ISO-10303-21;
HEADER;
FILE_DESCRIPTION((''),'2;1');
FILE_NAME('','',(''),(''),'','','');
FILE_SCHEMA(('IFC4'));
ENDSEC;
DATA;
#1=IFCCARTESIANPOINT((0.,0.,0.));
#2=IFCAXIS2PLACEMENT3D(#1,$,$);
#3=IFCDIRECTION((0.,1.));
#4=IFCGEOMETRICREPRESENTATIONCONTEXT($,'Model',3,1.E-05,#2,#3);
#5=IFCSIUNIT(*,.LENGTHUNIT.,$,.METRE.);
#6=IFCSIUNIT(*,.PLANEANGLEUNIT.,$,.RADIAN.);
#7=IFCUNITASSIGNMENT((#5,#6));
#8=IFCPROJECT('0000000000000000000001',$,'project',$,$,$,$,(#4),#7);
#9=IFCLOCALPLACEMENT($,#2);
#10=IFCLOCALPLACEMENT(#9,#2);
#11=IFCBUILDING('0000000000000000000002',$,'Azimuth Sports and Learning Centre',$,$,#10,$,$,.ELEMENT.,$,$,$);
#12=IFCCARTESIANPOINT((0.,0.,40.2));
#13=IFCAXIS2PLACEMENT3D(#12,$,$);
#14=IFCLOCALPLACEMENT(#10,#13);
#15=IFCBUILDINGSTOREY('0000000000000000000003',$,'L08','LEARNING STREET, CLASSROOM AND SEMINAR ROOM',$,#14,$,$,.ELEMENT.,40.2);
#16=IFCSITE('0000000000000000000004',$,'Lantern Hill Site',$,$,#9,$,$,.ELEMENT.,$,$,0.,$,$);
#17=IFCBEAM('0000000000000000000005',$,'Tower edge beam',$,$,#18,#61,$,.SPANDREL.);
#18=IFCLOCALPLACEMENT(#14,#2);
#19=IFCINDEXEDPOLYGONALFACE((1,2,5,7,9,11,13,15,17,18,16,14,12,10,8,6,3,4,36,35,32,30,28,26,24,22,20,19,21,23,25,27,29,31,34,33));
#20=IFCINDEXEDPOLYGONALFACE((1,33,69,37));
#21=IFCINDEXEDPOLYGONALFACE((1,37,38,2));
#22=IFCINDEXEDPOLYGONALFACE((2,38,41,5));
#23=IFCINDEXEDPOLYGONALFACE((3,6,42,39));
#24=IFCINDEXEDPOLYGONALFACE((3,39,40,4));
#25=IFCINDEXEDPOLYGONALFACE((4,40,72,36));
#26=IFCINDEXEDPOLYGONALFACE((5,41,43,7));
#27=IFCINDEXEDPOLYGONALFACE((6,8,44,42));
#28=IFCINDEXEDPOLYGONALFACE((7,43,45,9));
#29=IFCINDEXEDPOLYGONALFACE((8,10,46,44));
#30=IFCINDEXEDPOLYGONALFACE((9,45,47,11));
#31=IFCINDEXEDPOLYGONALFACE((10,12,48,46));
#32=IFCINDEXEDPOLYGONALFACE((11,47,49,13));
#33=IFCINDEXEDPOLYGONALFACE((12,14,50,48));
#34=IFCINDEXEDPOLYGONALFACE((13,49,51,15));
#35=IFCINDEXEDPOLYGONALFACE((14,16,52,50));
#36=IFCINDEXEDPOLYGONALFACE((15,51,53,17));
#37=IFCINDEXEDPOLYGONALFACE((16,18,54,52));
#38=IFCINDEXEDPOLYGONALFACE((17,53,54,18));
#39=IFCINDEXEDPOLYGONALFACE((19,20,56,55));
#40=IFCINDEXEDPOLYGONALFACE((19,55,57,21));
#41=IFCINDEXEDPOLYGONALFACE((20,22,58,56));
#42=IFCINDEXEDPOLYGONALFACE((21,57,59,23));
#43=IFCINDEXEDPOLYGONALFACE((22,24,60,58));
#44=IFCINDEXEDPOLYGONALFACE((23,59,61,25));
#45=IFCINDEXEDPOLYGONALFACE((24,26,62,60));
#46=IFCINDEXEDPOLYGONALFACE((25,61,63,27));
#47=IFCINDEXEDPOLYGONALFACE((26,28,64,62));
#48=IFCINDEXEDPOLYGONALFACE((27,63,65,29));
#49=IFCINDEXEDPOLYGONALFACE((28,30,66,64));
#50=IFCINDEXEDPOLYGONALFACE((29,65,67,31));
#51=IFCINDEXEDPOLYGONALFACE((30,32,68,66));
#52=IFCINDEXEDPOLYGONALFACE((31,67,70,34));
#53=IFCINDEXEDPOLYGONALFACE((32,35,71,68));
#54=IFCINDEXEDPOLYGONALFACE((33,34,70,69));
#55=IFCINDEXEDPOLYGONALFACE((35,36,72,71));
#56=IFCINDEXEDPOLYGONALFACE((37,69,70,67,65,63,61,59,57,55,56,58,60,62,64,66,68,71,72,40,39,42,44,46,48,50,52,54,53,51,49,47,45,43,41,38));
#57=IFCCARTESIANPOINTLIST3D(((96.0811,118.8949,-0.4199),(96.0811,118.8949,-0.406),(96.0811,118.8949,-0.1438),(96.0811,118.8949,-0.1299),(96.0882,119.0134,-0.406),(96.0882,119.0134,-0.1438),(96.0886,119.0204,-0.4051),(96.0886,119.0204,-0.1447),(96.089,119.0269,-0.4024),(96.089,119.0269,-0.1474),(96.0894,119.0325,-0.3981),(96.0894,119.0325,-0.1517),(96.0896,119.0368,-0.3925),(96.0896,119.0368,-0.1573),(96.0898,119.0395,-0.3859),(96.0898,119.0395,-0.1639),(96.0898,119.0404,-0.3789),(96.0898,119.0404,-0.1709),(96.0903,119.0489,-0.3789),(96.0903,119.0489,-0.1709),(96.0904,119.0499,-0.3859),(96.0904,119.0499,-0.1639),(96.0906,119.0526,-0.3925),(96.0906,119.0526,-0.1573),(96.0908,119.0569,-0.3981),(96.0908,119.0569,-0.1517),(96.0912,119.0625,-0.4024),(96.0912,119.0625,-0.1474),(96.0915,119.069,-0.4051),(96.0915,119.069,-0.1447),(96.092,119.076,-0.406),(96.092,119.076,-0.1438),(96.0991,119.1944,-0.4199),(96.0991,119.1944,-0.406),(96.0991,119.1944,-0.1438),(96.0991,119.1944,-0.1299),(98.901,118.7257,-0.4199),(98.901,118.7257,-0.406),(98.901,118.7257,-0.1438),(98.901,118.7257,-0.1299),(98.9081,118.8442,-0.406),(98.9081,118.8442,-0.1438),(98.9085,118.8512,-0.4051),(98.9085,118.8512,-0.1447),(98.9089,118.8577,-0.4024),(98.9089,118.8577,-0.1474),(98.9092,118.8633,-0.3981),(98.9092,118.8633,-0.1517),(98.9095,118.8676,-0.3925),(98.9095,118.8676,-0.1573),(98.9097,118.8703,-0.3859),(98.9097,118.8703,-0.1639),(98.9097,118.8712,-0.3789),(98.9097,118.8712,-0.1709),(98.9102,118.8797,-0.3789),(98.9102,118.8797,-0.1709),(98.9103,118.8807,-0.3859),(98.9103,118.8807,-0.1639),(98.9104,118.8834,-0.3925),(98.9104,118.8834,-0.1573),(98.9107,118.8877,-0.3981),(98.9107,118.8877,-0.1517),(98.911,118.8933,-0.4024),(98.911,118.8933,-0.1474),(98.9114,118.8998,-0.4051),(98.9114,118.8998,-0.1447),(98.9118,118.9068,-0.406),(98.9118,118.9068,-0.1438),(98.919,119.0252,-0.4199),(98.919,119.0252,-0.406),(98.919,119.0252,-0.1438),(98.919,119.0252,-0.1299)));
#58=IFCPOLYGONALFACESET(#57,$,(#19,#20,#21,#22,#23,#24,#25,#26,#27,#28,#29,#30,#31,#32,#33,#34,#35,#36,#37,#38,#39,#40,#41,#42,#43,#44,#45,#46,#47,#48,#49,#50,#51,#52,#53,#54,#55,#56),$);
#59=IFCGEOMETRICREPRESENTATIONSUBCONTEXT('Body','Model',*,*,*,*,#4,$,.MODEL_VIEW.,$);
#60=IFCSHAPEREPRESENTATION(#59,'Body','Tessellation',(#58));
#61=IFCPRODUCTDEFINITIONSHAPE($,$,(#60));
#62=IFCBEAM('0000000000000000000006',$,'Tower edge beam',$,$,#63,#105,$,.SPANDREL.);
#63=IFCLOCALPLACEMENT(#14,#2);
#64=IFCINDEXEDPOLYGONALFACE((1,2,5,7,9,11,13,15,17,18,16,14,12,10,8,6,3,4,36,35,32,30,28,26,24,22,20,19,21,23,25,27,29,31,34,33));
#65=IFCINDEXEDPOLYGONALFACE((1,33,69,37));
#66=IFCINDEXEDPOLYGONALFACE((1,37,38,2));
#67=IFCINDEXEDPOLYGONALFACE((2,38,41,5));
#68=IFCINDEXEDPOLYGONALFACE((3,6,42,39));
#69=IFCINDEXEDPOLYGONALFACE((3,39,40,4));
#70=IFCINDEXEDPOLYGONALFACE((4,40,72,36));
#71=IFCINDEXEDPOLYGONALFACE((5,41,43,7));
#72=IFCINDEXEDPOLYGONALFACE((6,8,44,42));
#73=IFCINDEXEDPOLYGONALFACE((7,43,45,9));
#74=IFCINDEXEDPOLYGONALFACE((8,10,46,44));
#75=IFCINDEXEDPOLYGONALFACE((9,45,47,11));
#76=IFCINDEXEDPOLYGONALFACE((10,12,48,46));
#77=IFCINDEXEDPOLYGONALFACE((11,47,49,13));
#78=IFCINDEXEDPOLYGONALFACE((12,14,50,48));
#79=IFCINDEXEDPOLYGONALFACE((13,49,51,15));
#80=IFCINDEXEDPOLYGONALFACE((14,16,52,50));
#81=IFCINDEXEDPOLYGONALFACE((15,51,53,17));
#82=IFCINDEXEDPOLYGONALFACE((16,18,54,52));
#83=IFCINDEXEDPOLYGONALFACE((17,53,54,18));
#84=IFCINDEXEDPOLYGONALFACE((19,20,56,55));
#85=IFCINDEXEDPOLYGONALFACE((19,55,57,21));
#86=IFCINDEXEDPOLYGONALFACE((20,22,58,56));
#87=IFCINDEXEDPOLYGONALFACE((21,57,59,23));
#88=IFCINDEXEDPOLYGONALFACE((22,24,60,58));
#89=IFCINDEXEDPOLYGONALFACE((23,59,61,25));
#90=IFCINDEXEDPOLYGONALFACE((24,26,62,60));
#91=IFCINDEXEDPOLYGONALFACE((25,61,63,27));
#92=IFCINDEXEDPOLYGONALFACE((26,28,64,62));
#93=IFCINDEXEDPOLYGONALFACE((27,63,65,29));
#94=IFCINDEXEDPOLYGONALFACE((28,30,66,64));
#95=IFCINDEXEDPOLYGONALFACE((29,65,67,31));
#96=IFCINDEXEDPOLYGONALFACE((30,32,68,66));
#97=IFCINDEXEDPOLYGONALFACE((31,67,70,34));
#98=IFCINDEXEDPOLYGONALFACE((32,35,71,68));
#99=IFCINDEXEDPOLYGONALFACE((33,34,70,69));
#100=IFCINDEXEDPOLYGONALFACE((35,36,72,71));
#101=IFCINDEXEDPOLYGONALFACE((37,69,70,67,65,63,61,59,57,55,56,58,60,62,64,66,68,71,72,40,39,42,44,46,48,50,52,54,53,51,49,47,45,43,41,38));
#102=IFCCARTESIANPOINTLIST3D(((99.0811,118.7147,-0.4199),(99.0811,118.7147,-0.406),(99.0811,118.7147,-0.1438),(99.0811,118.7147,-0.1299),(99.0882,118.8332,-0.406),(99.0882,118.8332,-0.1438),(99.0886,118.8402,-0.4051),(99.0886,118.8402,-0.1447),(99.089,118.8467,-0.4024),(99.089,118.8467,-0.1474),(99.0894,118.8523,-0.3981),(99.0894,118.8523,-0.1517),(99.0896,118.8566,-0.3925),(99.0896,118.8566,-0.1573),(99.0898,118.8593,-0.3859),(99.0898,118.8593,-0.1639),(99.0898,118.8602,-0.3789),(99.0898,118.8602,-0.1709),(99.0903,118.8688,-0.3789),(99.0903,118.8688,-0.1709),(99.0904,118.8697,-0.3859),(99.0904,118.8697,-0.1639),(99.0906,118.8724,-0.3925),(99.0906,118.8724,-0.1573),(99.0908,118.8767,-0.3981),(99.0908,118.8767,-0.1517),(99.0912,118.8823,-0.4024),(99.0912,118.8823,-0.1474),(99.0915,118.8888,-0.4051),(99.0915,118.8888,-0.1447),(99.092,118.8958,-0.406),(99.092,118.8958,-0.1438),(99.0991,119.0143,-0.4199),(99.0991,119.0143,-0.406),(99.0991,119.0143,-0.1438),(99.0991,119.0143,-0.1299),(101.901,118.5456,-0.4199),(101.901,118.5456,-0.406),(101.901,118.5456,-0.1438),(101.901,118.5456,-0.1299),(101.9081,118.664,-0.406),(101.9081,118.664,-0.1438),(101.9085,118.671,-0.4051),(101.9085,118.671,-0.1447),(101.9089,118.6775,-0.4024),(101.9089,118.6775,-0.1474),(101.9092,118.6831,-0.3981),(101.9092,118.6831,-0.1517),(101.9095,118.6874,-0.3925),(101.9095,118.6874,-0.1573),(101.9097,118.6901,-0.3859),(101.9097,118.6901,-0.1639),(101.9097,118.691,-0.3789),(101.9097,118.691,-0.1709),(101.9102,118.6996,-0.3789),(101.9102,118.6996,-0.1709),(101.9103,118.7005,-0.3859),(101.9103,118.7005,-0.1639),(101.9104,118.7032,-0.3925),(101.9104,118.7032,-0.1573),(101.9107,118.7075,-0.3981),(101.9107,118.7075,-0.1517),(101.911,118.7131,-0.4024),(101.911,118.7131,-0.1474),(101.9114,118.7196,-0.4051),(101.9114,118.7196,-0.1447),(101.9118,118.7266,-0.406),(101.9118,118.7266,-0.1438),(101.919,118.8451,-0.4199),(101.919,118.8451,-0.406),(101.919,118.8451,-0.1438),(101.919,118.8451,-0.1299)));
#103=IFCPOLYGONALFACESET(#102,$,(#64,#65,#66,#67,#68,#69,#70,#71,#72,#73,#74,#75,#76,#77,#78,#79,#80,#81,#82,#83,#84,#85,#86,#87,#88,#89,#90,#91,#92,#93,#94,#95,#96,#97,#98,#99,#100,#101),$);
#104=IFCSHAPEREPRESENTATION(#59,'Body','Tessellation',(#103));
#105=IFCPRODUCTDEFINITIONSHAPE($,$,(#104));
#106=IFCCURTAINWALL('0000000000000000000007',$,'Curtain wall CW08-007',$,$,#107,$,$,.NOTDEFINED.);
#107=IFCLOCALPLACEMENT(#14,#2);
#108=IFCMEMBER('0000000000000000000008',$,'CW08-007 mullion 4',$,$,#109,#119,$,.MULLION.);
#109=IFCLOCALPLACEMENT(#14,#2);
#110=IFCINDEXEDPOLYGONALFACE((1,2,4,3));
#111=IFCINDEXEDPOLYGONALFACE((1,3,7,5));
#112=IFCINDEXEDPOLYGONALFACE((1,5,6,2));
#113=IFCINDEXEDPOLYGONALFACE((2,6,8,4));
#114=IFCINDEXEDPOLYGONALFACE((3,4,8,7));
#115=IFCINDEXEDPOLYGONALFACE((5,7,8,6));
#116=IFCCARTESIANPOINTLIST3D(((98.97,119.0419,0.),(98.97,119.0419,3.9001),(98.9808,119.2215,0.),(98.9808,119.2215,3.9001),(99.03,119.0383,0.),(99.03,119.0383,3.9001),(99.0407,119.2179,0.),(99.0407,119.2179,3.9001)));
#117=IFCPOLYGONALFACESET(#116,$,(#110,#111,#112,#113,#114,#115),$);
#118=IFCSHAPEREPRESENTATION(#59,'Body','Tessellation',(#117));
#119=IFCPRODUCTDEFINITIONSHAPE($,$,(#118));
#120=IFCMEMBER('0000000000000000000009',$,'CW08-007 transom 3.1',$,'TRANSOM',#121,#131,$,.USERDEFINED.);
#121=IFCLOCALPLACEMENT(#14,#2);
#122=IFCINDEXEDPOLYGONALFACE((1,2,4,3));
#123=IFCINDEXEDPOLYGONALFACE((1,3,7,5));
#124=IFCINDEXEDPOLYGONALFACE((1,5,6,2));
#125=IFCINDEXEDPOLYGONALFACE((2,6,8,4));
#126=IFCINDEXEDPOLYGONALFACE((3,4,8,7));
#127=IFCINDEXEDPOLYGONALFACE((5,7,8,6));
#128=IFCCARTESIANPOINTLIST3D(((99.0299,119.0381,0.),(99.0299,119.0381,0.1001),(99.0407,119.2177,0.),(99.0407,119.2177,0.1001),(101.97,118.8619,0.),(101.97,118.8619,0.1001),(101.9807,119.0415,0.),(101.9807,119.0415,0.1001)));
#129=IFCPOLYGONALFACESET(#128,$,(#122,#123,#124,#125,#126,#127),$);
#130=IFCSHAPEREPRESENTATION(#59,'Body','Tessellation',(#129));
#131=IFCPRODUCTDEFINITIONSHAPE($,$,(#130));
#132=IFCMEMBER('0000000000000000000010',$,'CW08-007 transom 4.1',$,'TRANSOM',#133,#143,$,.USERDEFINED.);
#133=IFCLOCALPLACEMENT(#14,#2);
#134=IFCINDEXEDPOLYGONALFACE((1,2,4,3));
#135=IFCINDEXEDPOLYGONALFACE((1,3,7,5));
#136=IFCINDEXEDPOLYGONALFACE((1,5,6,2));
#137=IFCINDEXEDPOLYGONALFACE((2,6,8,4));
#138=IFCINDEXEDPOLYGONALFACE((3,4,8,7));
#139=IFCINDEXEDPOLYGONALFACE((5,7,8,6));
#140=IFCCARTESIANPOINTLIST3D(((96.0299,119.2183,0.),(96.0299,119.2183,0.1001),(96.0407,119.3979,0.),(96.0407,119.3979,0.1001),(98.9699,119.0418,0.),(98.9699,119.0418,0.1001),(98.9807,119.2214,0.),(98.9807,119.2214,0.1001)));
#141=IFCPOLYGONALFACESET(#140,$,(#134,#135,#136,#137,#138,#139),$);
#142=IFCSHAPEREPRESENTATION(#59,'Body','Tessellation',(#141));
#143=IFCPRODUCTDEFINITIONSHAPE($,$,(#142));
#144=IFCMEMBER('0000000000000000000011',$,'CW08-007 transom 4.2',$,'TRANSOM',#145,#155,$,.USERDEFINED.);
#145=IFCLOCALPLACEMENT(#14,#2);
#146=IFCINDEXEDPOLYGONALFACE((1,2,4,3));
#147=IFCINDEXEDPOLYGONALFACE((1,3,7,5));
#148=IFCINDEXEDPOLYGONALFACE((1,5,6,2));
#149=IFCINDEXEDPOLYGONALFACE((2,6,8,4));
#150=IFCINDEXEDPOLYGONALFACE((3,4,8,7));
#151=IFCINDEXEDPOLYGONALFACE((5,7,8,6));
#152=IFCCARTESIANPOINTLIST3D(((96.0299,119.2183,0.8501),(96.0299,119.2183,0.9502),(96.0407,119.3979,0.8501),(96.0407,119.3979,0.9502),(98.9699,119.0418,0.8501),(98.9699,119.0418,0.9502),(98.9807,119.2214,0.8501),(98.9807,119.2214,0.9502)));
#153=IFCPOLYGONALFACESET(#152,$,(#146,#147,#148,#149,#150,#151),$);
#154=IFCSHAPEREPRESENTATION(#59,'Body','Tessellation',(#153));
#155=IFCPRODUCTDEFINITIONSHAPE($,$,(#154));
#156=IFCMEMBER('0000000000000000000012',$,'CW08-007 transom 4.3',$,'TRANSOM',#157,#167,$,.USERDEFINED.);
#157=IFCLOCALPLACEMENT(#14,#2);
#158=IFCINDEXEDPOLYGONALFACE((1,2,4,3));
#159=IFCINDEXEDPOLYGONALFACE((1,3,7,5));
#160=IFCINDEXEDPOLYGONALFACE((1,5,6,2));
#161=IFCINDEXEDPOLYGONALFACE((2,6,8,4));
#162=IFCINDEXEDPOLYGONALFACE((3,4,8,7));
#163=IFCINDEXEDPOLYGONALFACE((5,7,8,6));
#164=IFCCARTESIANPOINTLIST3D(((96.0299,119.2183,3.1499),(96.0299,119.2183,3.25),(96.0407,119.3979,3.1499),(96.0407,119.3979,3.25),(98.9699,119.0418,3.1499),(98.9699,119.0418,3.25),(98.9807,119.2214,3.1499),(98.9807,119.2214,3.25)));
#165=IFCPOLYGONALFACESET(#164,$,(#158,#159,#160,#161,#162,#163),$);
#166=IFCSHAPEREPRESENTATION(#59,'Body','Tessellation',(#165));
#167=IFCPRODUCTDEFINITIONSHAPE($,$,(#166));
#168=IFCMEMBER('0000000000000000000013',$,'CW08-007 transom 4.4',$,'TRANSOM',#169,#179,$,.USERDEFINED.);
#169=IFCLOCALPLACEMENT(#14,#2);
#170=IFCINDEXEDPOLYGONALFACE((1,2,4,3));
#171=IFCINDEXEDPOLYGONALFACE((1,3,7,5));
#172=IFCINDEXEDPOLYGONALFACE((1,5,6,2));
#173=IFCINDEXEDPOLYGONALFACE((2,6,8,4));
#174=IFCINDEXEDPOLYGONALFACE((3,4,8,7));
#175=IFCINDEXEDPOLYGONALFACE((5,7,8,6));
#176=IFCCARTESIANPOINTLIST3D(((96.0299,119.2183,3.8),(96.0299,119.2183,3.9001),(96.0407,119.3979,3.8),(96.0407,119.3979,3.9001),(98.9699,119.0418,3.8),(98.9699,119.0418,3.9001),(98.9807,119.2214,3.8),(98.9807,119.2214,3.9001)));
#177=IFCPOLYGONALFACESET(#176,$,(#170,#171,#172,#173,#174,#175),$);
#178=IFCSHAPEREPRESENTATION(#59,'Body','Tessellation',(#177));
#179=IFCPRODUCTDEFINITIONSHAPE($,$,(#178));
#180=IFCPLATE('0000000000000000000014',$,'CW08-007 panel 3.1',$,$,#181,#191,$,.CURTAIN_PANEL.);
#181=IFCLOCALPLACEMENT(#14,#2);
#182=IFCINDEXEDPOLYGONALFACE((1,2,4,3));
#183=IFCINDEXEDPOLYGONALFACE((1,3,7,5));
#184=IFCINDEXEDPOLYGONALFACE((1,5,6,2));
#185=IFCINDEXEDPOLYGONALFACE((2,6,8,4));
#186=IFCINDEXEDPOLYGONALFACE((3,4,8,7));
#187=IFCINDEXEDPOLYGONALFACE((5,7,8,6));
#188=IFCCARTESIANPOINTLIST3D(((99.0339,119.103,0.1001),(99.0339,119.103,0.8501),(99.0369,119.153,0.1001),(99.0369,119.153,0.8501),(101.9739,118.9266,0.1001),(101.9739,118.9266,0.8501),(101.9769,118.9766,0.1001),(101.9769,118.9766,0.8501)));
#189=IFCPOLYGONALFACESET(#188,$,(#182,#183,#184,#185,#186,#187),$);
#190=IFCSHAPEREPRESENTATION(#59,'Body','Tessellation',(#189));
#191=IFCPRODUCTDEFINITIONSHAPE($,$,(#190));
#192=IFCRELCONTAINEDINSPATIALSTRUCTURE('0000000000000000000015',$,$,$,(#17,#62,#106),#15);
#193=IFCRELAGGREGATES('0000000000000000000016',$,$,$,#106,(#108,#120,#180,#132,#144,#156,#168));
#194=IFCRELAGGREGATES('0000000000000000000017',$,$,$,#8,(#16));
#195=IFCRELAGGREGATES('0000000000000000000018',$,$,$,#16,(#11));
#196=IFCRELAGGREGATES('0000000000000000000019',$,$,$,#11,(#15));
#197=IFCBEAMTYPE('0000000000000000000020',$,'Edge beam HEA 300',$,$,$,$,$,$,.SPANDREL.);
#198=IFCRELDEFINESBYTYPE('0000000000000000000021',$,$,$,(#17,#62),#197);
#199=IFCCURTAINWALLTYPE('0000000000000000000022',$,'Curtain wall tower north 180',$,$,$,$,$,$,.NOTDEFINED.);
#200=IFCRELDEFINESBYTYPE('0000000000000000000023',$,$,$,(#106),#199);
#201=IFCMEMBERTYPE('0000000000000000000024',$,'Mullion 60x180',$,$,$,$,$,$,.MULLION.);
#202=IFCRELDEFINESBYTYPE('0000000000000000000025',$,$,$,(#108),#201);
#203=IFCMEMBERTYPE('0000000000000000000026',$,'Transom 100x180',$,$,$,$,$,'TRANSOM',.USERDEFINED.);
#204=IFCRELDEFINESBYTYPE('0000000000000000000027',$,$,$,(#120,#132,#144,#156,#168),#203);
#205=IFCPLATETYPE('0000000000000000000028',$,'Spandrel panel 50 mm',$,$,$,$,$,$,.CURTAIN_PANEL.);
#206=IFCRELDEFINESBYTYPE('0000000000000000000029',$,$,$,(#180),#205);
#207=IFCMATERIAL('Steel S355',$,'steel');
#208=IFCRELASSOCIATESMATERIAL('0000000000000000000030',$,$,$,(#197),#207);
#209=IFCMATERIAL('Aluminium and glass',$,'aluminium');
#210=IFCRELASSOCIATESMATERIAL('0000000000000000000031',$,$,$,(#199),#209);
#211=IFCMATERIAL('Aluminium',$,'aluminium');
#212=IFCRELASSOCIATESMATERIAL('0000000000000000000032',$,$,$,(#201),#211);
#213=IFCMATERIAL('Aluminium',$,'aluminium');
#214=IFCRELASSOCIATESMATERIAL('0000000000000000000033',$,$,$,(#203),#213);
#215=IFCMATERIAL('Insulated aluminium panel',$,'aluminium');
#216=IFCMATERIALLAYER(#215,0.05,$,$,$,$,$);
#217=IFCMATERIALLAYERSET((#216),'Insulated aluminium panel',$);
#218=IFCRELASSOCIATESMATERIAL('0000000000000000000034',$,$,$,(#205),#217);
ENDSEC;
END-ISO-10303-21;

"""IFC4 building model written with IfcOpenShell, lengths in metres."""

from ifc_helpers import new_model, si_unit, direction, frame, origin, origin_2d, place, context, subcontext, project, spatial, rectangle, i_section, extrude, material, layer, layer_set, material_profile, profile_set, type_object, element, aggregate, save


model = new_model("IFC4")

# Units and contexts
model_context = context("Model", 3, precision=1e-05, world=origin(), true_north=direction((0.0, 1.0)))
body_context = subcontext(model_context, "Body", "Model", "MODEL_VIEW")
ifc_project = project(units=[si_unit("LENGTHUNIT", "METRE"), si_unit("PLANEANGLEUNIT", "RADIAN")], contexts=[model_context])

# Site, building, storey
site_placement = place(None, origin())
site = spatial("IfcSite", under=ifc_project, at=site_placement, Name="Lantern Hill Site", CompositionType="ELEMENT", RefElevation=0.0)
building_placement = place(site_placement, origin())
building = spatial("IfcBuilding", under=site, at=building_placement, Name="Azimuth Sports and Learning Centre", CompositionType="ELEMENT")
storey_placement = place(building_placement, frame((0.0, 0.0, 40.2)))
storey = spatial("IfcBuildingStorey", under=building, at=storey_placement, Name="L08", Description="LEARNING STREET, CLASSROOM AND SEMINAR ROOM", CompositionType="ELEMENT", Elevation=40.2)

# Beams
ifc_material_1 = material(Name="Steel S355", Category="steel")
ifc_material_profile_1 = material_profile(ifc_material_1, i_section(OverallWidth=0.3, OverallDepth=0.29, WebThickness=0.0085, FlangeThickness=0.0139, FilletRadius=0.0271, at=origin_2d()), Name="HEA 300")
ifc_profile_set_1 = profile_set([ifc_material_profile_1], Name="Steel S355")
beam_type_1 = type_object("IfcBeamType", Name="Edge beam HEA 300", PredefinedType="SPANDREL", material=ifc_profile_set_1)
for number, where, z_axis, x_axis, name in (
    (1, (96.0901, 119.0447, -0.2749), (0.998205, -0.059892, 0.0), (0.059892, 0.998205, 0.0), "Tower edge beam"),
    (2, (99.0901, 118.8645, -0.2749), (0.998205, -0.059892, 0.0), (0.059892, 0.998205, 0.0), "Tower edge beam"),
):
    element("IfcBeam", number, at=place(storey_placement, frame(where, z_axis=z_axis, x_axis=x_axis)), inside=storey, type_object=beam_type_1, Name=name, PredefinedType="SPANDREL", context=body_context, shape_type="SweptSolid", body=[
        extrude(i_section(OverallWidth=0.3, OverallDepth=0.29, WebThickness=0.0085, FlangeThickness=0.0139, FilletRadius=0.0271, at=origin_2d()), origin(), (0.0, 0.0, 1.0), 2.825),
    ])

# Curtain wall, members, plate
ifc_material_2 = material(Name="Aluminium and glass", Category="aluminium")
curtain_wall_type = type_object("IfcCurtainWallType", Name="Curtain wall tower north 180", PredefinedType="NOTDEFINED", material=ifc_material_2)
curtain_wall_placement = place(storey_placement, origin())
curtain_wall = element("IfcCurtainWall", 3, at=curtain_wall_placement, inside=storey, type_object=curtain_wall_type, Name="Curtain wall CW08-007", PredefinedType="NOTDEFINED")
ifc_material_3 = material(Name="Aluminium", Category="aluminium")
ifc_material_profile_2 = material_profile(ifc_material_3, rectangle(XDim=0.1799, YDim=0.0601, at=origin_2d()), Name="Mullion 60x180")
ifc_profile_set_2 = profile_set([ifc_material_profile_2], Name="Aluminium")
member_type_1 = type_object("IfcMemberType", Name="Mullion 60x180", PredefinedType="MULLION", material=ifc_profile_set_2)
member_1_placement = place(storey_placement, frame((99.0054, 119.1299, 0.0), z_axis=(0.0, 0.0, 1.0), x_axis=(-0.059892, -0.998205, 0.0)))
member_1 = element("IfcMember", 4, at=member_1_placement, type_object=member_type_1, Name="CW08-007 mullion 4", PredefinedType="MULLION", context=body_context, shape_type="SweptSolid", body=[
    extrude(rectangle(XDim=0.1799, YDim=0.0601, at=origin_2d()), origin(), (0.0, 0.0, 1.0), 3.9001),
])
ifc_material_4 = material(Name="Aluminium", Category="aluminium")
ifc_material_profile_3 = material_profile(ifc_material_4, rectangle(XDim=0.1799, YDim=0.1001, at=origin_2d()), Name="Transom 100x180")
ifc_profile_set_3 = profile_set([ifc_material_profile_3], Name="Aluminium")
member_type_2 = type_object("IfcMemberType", Name="Transom 100x180", ElementType="TRANSOM", PredefinedType="USERDEFINED", material=ifc_profile_set_3)
member_2_placement = place(storey_placement, frame((101.9753, 118.9517, 0.05), z_axis=(-0.998207, 0.059849, 0.0), x_axis=(-0.059849, -0.998207, 0.0)))
member_2 = element("IfcMember", 5, at=member_2_placement, type_object=member_type_2, Name="CW08-007 transom 3.1", ObjectType="TRANSOM", PredefinedType="USERDEFINED", context=body_context, shape_type="SweptSolid", body=[
    extrude(rectangle(XDim=0.1799, YDim=0.1001, at=origin_2d()), origin(), (0.0, 0.0, 1.0), 2.9453),
])
member_3_placement = place(storey_placement, frame((98.9753, 119.1316, 0.05), z_axis=(-0.998202, 0.059932, 0.0), x_axis=(-0.059932, -0.998202, 0.0)))
member_3 = element("IfcMember", 6, at=member_3_placement, type_object=member_type_2, Name="CW08-007 transom 4.1", ObjectType="TRANSOM", PredefinedType="USERDEFINED", context=body_context, shape_type="SweptSolid", body=[
    extrude(rectangle(XDim=0.1799, YDim=0.1001, at=origin_2d()), origin(), (0.0, 0.0, 1.0), 2.9453),
])
member_4_placement = place(storey_placement, frame((98.9753, 119.1316, 0.9001), z_axis=(-0.998202, 0.059932, 0.0), x_axis=(-0.059932, -0.998202, 0.0)))
member_4 = element("IfcMember", 7, at=member_4_placement, type_object=member_type_2, Name="CW08-007 transom 4.2", ObjectType="TRANSOM", PredefinedType="USERDEFINED", context=body_context, shape_type="SweptSolid", body=[
    extrude(rectangle(XDim=0.1799, YDim=0.1001, at=origin_2d()), origin(), (0.0, 0.0, 1.0), 2.9453),
])
member_5_placement = place(storey_placement, frame((98.9753, 119.1316, 3.2), z_axis=(-0.998202, 0.059932, 0.0), x_axis=(-0.059932, -0.998202, 0.0)))
member_5 = element("IfcMember", 8, at=member_5_placement, type_object=member_type_2, Name="CW08-007 transom 4.3", ObjectType="TRANSOM", PredefinedType="USERDEFINED", context=body_context, shape_type="SweptSolid", body=[
    extrude(rectangle(XDim=0.1799, YDim=0.1001, at=origin_2d()), origin(), (0.0, 0.0, 1.0), 2.9453),
])
member_6_placement = place(storey_placement, frame((98.9753, 119.1316, 3.8501), z_axis=(-0.998202, 0.059932, 0.0), x_axis=(-0.059932, -0.998202, 0.0)))
member_6 = element("IfcMember", 9, at=member_6_placement, type_object=member_type_2, Name="CW08-007 transom 4.4", ObjectType="TRANSOM", PredefinedType="USERDEFINED", context=body_context, shape_type="SweptSolid", body=[
    extrude(rectangle(XDim=0.1799, YDim=0.1001, at=origin_2d()), origin(), (0.0, 0.0, 1.0), 2.9453),
])
ifc_material_5 = material(Name="Insulated aluminium panel", Category="aluminium")
ifc_layer_1 = layer(ifc_material_5, 0.05)
ifc_layer_set_1 = layer_set([ifc_layer_1], Name="Insulated aluminium panel")
plate_type_1 = type_object("IfcPlateType", Name="Spandrel panel 50 mm", PredefinedType="CURTAIN_PANEL", material=ifc_layer_set_1)
plate_1_placement = place(storey_placement, frame((100.5054, 119.0398, 0.1001), z_axis=(0.0, 0.0, 1.0), x_axis=(-0.998205, 0.059892, 0.0)))
plate_1 = element("IfcPlate", 10, at=plate_1_placement, type_object=plate_type_1, Name="CW08-007 panel 3.1", PredefinedType="CURTAIN_PANEL", context=body_context, shape_type="SweptSolid", body=[
    extrude(rectangle(XDim=2.9453, YDim=0.05, at=origin_2d()), origin(), (0.0, 0.0, 1.0), 0.75),
])
aggregate(curtain_wall, [member_1, member_2, plate_1, member_3, member_4, member_5, member_6])

save(model, "model.ifc")
